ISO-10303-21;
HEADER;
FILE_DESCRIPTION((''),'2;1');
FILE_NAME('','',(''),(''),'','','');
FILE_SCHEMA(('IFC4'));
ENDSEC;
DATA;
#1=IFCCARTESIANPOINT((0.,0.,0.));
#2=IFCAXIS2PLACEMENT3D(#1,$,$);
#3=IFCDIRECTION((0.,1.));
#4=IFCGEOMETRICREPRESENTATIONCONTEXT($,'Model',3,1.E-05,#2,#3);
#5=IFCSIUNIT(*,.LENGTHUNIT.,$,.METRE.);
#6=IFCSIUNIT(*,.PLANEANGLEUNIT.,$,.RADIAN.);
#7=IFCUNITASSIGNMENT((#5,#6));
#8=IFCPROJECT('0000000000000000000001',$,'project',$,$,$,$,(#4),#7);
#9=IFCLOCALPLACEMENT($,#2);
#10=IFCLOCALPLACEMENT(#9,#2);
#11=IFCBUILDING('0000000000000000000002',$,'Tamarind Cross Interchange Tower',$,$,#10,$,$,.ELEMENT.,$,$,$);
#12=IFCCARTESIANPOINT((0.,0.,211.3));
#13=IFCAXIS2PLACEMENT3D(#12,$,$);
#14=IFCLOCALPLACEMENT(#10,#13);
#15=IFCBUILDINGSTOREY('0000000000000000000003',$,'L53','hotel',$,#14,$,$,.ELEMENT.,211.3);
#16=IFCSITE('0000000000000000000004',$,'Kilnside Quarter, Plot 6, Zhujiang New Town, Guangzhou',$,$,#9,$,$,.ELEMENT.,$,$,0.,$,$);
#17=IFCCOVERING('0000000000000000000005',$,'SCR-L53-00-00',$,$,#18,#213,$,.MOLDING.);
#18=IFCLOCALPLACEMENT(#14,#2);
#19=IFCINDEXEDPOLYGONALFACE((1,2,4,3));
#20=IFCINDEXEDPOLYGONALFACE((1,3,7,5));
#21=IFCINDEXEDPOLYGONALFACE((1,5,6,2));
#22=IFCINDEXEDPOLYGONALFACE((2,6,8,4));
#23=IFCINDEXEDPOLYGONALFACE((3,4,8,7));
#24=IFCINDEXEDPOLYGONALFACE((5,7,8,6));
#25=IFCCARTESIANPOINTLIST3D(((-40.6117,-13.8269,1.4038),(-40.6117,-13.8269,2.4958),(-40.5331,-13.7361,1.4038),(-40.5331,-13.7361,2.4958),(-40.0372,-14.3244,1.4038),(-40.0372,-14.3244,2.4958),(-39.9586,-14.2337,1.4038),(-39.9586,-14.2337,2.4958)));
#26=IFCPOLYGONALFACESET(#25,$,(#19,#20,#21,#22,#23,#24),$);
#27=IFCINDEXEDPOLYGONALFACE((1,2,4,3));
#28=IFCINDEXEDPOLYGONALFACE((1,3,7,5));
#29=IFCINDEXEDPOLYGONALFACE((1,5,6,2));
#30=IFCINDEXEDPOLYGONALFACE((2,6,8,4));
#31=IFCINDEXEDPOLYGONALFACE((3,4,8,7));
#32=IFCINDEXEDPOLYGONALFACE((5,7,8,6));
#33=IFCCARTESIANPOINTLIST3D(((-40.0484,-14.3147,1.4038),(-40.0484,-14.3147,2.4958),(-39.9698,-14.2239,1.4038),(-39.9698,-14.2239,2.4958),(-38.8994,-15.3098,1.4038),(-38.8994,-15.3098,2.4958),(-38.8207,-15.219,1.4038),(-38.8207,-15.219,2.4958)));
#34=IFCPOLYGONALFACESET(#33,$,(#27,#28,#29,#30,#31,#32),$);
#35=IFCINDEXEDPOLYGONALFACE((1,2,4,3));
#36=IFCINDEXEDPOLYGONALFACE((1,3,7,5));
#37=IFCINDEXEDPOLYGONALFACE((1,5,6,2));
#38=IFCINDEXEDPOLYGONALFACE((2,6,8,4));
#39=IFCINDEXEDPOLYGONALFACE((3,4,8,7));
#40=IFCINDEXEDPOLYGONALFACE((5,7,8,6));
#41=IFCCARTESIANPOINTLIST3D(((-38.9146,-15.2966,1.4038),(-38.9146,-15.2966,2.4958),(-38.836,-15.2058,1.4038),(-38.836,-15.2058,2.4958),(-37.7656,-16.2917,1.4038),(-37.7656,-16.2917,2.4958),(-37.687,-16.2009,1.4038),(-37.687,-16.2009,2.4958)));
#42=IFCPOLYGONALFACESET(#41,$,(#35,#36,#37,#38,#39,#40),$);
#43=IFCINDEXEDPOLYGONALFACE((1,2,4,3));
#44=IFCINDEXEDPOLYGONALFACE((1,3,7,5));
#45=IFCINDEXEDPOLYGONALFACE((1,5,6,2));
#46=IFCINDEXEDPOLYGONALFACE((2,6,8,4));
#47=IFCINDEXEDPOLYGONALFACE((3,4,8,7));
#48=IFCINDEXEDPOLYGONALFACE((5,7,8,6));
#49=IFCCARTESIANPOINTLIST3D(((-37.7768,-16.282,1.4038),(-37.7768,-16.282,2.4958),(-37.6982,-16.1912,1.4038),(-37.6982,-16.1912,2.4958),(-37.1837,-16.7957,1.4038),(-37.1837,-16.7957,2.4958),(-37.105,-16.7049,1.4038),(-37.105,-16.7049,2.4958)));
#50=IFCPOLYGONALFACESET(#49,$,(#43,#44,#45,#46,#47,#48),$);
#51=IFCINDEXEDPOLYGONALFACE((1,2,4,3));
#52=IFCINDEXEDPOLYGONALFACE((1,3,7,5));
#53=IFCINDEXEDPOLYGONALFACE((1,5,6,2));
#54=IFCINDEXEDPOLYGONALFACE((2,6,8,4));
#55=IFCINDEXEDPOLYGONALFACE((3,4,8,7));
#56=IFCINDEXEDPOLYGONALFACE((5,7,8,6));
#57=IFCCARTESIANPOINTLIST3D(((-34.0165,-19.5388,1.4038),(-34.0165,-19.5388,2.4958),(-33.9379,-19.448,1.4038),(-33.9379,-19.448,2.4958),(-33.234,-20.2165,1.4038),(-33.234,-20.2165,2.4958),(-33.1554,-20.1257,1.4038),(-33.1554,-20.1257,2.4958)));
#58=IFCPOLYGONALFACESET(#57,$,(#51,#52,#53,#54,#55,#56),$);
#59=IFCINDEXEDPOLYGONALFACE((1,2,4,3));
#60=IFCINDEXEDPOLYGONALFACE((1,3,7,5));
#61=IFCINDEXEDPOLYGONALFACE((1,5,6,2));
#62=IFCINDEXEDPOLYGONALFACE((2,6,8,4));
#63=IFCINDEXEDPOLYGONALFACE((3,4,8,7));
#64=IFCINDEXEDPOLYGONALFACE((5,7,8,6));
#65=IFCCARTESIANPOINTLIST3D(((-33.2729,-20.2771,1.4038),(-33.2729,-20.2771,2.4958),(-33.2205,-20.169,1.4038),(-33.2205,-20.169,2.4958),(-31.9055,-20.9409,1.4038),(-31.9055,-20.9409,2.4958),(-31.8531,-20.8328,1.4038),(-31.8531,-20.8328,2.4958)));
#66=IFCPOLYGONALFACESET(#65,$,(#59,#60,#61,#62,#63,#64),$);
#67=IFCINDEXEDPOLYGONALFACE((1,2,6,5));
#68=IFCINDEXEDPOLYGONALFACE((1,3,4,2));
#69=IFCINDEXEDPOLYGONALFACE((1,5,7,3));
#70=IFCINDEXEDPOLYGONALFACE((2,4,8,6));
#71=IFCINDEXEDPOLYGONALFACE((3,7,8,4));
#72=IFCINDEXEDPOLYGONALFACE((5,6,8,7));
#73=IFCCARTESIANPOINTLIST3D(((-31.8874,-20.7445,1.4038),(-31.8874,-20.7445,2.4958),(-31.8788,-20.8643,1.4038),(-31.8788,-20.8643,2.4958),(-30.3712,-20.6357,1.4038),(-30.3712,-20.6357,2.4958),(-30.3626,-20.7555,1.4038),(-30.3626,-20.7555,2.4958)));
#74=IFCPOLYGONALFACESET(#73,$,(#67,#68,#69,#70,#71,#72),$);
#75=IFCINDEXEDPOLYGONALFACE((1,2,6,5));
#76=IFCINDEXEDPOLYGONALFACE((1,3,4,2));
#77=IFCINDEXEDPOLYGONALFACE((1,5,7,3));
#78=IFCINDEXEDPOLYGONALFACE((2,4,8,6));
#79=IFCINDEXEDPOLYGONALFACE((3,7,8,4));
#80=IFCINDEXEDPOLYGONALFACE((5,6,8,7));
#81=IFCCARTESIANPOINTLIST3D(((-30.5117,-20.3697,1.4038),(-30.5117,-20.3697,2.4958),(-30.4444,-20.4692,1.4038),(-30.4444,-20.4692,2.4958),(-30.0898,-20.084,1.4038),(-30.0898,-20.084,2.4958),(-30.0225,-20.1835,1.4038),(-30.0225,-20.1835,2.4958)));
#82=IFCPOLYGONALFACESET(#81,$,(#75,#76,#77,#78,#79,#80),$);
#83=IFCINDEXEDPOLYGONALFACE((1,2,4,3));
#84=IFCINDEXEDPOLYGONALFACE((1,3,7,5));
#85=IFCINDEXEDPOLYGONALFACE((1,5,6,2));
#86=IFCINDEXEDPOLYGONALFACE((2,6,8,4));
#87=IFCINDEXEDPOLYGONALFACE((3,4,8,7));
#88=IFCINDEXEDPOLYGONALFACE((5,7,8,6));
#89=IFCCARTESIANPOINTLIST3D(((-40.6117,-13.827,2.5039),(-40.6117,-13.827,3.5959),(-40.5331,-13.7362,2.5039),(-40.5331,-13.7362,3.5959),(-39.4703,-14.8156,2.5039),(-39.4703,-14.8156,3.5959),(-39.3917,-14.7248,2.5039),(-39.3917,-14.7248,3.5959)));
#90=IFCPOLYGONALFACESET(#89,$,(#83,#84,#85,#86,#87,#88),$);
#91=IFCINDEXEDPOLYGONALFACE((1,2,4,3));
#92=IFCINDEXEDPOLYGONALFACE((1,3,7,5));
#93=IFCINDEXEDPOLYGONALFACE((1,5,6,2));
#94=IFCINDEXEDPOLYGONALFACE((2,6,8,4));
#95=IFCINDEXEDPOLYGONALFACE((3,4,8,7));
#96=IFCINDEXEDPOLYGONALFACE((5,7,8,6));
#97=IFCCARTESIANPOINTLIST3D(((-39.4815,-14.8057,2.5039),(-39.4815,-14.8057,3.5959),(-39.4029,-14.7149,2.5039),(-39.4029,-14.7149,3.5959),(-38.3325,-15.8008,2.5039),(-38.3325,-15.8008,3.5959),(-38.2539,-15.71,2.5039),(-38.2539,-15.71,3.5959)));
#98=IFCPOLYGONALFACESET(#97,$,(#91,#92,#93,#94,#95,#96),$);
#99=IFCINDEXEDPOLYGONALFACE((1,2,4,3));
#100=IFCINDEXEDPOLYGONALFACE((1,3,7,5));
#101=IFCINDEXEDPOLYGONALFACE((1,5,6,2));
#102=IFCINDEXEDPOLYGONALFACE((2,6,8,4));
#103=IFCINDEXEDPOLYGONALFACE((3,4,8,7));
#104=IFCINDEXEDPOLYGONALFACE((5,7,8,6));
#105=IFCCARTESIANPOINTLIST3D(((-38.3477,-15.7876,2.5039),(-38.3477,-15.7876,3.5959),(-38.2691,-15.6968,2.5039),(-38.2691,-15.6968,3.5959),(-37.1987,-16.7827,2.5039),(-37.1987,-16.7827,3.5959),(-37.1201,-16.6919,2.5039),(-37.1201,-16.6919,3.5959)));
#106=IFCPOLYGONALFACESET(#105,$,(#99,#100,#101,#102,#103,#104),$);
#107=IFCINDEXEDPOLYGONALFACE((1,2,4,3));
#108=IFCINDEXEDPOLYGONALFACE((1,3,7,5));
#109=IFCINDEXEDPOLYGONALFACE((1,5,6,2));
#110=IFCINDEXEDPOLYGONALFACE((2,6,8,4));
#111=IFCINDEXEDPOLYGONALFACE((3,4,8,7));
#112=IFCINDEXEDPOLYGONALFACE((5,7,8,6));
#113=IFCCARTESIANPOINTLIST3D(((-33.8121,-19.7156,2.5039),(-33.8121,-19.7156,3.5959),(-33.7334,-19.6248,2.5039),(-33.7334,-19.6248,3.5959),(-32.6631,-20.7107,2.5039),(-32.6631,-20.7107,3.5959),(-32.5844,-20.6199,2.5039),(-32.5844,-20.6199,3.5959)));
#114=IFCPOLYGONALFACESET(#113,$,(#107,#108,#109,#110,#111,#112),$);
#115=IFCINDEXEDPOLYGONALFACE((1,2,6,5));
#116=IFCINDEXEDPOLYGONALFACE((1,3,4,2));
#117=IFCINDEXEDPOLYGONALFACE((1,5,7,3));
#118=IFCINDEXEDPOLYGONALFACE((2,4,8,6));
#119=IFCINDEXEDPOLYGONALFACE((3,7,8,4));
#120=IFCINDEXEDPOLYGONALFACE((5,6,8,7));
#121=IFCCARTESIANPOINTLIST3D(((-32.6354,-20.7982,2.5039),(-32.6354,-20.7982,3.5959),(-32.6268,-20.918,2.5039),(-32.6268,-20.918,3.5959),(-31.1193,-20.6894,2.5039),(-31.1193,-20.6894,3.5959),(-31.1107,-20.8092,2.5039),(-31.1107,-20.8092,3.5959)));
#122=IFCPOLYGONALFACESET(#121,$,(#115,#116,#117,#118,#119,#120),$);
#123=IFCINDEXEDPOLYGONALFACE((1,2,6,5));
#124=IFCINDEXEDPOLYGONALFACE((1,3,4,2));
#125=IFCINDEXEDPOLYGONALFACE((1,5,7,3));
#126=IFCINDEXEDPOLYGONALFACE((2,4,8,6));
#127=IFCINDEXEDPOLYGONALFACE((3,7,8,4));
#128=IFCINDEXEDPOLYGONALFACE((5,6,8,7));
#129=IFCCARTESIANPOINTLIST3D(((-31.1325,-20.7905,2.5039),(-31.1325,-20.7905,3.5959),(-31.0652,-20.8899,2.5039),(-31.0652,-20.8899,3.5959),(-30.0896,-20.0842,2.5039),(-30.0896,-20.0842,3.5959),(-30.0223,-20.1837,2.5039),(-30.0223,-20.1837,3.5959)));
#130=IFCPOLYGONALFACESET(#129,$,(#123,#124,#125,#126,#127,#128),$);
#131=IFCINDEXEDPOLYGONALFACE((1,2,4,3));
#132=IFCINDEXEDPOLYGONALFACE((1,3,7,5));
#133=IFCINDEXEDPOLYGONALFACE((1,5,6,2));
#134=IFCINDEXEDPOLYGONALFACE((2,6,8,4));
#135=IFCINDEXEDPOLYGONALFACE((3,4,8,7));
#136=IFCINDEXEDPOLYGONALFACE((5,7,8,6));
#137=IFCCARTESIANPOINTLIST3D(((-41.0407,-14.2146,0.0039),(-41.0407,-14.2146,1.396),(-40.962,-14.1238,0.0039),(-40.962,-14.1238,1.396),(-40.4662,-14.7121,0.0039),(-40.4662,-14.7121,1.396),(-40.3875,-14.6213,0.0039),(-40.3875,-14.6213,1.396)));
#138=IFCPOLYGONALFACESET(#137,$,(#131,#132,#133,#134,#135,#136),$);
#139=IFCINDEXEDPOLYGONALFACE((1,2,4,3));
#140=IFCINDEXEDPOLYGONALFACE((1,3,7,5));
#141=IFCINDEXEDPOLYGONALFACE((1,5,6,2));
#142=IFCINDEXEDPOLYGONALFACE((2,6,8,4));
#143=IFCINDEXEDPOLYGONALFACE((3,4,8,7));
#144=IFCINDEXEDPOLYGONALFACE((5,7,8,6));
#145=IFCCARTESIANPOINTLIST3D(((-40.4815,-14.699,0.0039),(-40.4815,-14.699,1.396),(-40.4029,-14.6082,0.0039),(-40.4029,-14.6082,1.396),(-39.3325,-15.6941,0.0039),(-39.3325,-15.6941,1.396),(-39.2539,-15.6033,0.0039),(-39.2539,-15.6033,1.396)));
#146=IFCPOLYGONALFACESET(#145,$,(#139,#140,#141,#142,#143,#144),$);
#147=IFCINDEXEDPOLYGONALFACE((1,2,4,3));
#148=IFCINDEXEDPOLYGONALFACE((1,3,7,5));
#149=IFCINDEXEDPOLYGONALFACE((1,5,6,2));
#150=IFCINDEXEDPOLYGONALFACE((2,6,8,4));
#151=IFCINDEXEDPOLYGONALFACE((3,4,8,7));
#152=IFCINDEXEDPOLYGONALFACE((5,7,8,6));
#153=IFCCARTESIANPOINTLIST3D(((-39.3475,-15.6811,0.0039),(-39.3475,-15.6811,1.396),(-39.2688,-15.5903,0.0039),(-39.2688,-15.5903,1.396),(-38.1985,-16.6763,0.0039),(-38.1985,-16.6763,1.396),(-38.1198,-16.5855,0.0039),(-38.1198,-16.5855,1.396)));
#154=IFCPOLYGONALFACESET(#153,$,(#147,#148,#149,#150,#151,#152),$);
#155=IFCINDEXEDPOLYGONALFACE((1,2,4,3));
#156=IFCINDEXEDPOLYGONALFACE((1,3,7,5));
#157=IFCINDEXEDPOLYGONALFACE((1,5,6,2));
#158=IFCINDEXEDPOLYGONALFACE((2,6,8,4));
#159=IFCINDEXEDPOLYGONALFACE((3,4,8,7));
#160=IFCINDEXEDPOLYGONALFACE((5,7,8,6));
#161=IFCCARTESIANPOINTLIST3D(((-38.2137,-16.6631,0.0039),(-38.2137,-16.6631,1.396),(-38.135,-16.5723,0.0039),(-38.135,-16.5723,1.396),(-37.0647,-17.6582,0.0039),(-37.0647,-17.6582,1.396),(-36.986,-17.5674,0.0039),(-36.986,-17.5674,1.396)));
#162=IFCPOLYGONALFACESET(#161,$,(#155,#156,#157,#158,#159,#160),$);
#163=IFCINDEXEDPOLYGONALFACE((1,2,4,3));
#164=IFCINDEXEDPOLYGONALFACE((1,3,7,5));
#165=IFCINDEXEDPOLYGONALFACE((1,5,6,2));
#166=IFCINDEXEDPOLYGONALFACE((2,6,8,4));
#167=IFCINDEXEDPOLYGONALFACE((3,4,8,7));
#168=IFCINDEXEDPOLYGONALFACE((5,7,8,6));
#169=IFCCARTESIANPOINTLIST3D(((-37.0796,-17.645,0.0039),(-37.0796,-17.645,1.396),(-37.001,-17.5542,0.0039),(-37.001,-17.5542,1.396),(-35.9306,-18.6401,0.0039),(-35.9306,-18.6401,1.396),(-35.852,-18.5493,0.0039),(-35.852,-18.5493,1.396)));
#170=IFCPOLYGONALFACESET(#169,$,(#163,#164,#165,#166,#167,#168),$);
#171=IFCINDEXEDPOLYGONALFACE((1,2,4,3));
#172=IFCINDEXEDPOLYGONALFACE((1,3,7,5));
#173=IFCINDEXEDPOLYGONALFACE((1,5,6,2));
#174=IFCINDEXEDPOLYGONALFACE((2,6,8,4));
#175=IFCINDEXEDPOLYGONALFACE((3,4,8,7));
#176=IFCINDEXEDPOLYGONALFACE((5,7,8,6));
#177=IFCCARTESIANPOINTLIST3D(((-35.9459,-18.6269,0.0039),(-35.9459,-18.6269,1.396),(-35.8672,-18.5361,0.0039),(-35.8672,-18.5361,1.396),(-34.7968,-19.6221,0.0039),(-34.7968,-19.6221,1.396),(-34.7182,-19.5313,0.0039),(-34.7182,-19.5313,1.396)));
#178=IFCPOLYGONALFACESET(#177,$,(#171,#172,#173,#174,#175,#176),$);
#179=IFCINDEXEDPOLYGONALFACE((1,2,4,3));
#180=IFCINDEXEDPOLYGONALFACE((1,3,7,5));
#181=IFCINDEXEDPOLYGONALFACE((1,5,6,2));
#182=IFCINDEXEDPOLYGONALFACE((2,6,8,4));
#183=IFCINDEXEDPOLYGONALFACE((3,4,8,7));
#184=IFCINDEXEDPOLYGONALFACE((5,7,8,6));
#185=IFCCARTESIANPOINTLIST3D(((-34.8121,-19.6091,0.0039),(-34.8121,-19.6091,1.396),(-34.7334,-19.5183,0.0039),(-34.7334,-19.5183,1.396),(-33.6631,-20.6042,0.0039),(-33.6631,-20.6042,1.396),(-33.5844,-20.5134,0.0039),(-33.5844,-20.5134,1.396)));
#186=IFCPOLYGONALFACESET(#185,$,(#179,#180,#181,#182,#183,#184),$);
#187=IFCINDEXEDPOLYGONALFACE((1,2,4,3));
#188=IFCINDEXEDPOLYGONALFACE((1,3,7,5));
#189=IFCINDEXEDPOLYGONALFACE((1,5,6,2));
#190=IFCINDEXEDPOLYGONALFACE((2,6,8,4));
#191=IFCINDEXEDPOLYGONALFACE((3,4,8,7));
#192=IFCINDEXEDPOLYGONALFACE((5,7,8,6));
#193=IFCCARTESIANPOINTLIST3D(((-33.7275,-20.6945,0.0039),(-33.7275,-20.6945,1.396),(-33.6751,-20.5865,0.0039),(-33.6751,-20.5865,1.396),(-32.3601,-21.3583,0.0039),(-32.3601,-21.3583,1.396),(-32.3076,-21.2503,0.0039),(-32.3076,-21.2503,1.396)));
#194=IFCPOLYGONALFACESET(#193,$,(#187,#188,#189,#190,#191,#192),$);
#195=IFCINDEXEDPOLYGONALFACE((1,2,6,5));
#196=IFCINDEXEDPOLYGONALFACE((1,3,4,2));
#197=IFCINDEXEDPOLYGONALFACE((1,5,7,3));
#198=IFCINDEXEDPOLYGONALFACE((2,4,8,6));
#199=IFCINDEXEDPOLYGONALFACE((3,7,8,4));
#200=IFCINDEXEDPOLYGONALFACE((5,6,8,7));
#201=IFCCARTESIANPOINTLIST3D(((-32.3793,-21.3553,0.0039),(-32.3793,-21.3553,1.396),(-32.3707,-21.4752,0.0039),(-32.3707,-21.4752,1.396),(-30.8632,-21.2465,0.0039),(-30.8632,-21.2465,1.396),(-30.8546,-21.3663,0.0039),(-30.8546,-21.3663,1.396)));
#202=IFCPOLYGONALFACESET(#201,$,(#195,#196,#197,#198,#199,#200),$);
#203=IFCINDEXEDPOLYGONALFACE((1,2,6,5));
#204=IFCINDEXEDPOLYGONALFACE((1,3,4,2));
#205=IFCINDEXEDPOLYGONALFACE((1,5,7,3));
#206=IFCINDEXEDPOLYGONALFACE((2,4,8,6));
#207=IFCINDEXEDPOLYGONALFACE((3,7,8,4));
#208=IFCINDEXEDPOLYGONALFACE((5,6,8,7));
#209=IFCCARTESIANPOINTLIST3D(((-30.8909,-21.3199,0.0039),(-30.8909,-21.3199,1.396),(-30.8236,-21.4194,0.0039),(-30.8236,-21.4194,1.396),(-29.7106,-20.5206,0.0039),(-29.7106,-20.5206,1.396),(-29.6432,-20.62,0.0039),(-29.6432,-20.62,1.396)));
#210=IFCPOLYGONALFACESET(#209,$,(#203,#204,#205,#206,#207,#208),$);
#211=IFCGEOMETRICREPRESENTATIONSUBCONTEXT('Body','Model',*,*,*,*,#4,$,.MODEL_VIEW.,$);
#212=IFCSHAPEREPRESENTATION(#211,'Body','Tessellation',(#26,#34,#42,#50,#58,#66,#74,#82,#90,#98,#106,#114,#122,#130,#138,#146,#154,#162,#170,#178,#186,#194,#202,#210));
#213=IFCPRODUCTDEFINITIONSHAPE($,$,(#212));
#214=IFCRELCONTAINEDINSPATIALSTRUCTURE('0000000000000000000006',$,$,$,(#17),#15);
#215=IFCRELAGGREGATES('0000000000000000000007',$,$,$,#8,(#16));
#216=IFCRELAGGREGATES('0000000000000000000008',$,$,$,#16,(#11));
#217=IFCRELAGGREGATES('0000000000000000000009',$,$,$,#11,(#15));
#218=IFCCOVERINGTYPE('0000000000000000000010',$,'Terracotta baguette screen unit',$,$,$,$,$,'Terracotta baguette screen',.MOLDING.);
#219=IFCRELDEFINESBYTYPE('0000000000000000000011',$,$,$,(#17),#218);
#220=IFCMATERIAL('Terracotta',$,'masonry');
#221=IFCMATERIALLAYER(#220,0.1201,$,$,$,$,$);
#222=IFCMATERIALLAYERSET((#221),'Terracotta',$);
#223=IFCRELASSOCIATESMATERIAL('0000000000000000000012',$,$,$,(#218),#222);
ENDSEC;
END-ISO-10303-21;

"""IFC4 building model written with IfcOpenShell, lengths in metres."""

from ifc_helpers import new_model, si_unit, direction, frame, origin, origin_2d, place, context, subcontext, project, spatial, rectangle, extrude, material, layer, layer_set, type_object, element, save


model = new_model("IFC4")

# Units and contexts
model_context = context("Model", 3, precision=1e-05, world=origin(), true_north=direction((0.0, 1.0)))
body_context = subcontext(model_context, "Body", "Model", "MODEL_VIEW")
ifc_project = project(units=[si_unit("LENGTHUNIT", "METRE"), si_unit("PLANEANGLEUNIT", "RADIAN")], contexts=[model_context])

# Site, building, storey
site_placement = place(None, origin())
site = spatial("IfcSite", under=ifc_project, at=site_placement, Name="Kilnside Quarter, Plot 6, Zhujiang New Town, Guangzhou", CompositionType="ELEMENT", RefElevation=0.0)
building_placement = place(site_placement, origin())
building = spatial("IfcBuilding", under=site, at=building_placement, Name="Tamarind Cross Interchange Tower", CompositionType="ELEMENT")
storey_placement = place(building_placement, frame((0.0, 0.0, 211.3)))
storey = spatial("IfcBuildingStorey", under=building, at=storey_placement, Name="L53", Description="hotel", CompositionType="ELEMENT", Elevation=211.3)

# Covering
ifc_material_1 = material(Name="Terracotta", Category="masonry")
ifc_layer_1 = layer(ifc_material_1, 0.1201)
ifc_layer_set_1 = layer_set([ifc_layer_1], Name="Terracotta")
covering_type = type_object("IfcCoveringType", Name="Terracotta baguette screen unit", ElementType="Terracotta baguette screen", PredefinedType="MOLDING", material=ifc_layer_set_1)
covering_1_placement = place(storey_placement, origin())
element("IfcCovering", 1, at=covering_1_placement, inside=storey, type_object=covering_type, Name="SCR-L53-00-00", PredefinedType="MOLDING", context=body_context, shape_type="SweptSolid", body=[
    extrude(rectangle(XDim=0.76, YDim=0.1201, at=origin_2d()), frame((-40.2852, -14.0303, 1.4038), z_axis=(0.0, 0.0, 1.0), x_axis=(0.755917, -0.654667, 0.0)), (0.0, 0.0, 1.0), 1.092),
    extrude(rectangle(XDim=1.52, YDim=0.1201, at=origin_2d()), frame((-39.4346, -14.7668, 1.4038), z_axis=(0.0, 0.0, 1.0), x_axis=(0.755917, -0.654667, 0.0)), (0.0, 0.0, 1.0), 1.092),
    extrude(rectangle(XDim=1.52, YDim=0.1201, at=origin_2d()), frame((-38.3008, -15.7488, 1.4038), z_axis=(0.0, 0.0, 1.0), x_axis=(0.755917, -0.654667, 0.0)), (0.0, 0.0, 1.0), 1.092),
    extrude(rectangle(XDim=0.7847, YDim=0.1201, at=origin_2d()), frame((-37.4409, -16.4934, 1.4038), z_axis=(0.0, 0.0, 1.0), x_axis=(0.755917, -0.654667, 0.0)), (0.0, 0.0, 1.0), 1.092),
    extrude(rectangle(XDim=1.0352, YDim=0.1201, at=origin_2d()), frame((-33.5859, -19.8323, 1.4038), z_axis=(0.0, 0.0, 1.0), x_axis=(0.755917, -0.654667, 0.0)), (0.0, 0.0, 1.0), 1.092),
    extrude(rectangle(XDim=1.52, YDim=0.1201, at=origin_2d()), frame((-32.563, -20.5549, 1.4038), z_axis=(0.0, 0.0, 1.0), x_axis=(0.8996, -0.436714, 0.0)), (0.0, 0.0, 1.0), 1.092),
    extrude(rectangle(XDim=1.52, YDim=0.1201, at=origin_2d()), frame((-31.125, -20.75, 1.4038), z_axis=(0.0, 0.0, 1.0), x_axis=(0.997434, 0.071595, 0.0)), (0.0, 0.0, 1.0), 1.092),
    extrude(rectangle(XDim=0.5095, YDim=0.1201, at=origin_2d()), frame((-30.2671, -20.2766, 1.4038), z_axis=(0.0, 0.0, 1.0), x_axis=(0.828006, 0.56072, 0.0)), (0.0, 0.0, 1.0), 1.092),
    extrude(rectangle(XDim=1.51, YDim=0.1201, at=origin_2d()), frame((-40.0017, -14.2759, 2.5039), z_axis=(0.0, 0.0, 1.0), x_axis=(0.755917, -0.654667, 0.0)), (0.0, 0.0, 1.0), 1.092),
    extrude(rectangle(XDim=1.52, YDim=0.1201, at=origin_2d()), frame((-38.8677, -15.2578, 2.5039), z_axis=(0.0, 0.0, 1.0), x_axis=(0.755917, -0.654667, 0.0)), (0.0, 0.0, 1.0), 1.092),
    extrude(rectangle(XDim=1.52, YDim=0.1201, at=origin_2d()), frame((-37.7339, -16.2397, 2.5039), z_axis=(0.0, 0.0, 1.0), x_axis=(0.755917, -0.654667, 0.0)), (0.0, 0.0, 1.0), 1.092),
    extrude(rectangle(XDim=1.52, YDim=0.1201, at=origin_2d()), frame((-33.1982, -20.1677, 2.5039), z_axis=(0.0, 0.0, 1.0), x_axis=(0.755917, -0.654667, 0.0)), (0.0, 0.0, 1.0), 1.092),
    extrude(rectangle(XDim=1.52, YDim=0.1201, at=origin_2d()), frame((-31.873, -20.8037, 2.5039), z_axis=(0.0, 0.0, 1.0), x_axis=(0.997434, 0.071595, 0.0)), (0.0, 0.0, 1.0), 1.092),
    extrude(rectangle(XDim=1.2595, YDim=0.1201, at=origin_2d()), frame((-30.5774, -20.4871, 2.5039), z_axis=(0.0, 0.0, 1.0), x_axis=(0.828006, 0.56072, 0.0)), (0.0, 0.0, 1.0), 1.092),
    extrude(rectangle(XDim=0.76, YDim=0.1201, at=origin_2d()), frame((-40.7141, -14.418, 0.0039), z_axis=(0.0, 0.0, 1.0), x_axis=(0.755917, -0.654667, 0.0)), (0.0, 0.0, 1.0), 1.3921),
    extrude(rectangle(XDim=1.52, YDim=0.1201, at=origin_2d()), frame((-39.8677, -15.1511, 0.0039), z_axis=(0.0, 0.0, 1.0), x_axis=(0.755917, -0.654667, 0.0)), (0.0, 0.0, 1.0), 1.3921),
    extrude(rectangle(XDim=1.52, YDim=0.1201, at=origin_2d()), frame((-38.7336, -16.1333, 0.0039), z_axis=(0.0, 0.0, 1.0), x_axis=(0.755917, -0.654667, 0.0)), (0.0, 0.0, 1.0), 1.3921),
    extrude(rectangle(XDim=1.52, YDim=0.1201, at=origin_2d()), frame((-37.5999, -17.1152, 0.0039), z_axis=(0.0, 0.0, 1.0), x_axis=(0.755917, -0.654667, 0.0)), (0.0, 0.0, 1.0), 1.3921),
    extrude(rectangle(XDim=1.52, YDim=0.1201, at=origin_2d()), frame((-36.4658, -18.0972, 0.0039), z_axis=(0.0, 0.0, 1.0), x_axis=(0.755917, -0.654667, 0.0)), (0.0, 0.0, 1.0), 1.3921),
    extrude(rectangle(XDim=1.52, YDim=0.1201, at=origin_2d()), frame((-35.332, -19.0791, 0.0039), z_axis=(0.0, 0.0, 1.0), x_axis=(0.755917, -0.654667, 0.0)), (0.0, 0.0, 1.0), 1.3921),
    extrude(rectangle(XDim=1.52, YDim=0.1201, at=origin_2d()), frame((-34.1982, -20.0613, 0.0039), z_axis=(0.0, 0.0, 1.0), x_axis=(0.755917, -0.654667, 0.0)), (0.0, 0.0, 1.0), 1.3921),
    extrude(rectangle(XDim=1.52, YDim=0.1201, at=origin_2d()), frame((-33.0176, -20.9724, 0.0039), z_axis=(0.0, 0.0, 1.0), x_axis=(0.8996, -0.436714, 0.0)), (0.0, 0.0, 1.0), 1.3921),
    extrude(rectangle(XDim=1.52, YDim=0.1201, at=origin_2d()), frame((-31.6169, -21.3608, 0.0039), z_axis=(0.0, 0.0, 1.0), x_axis=(0.997434, 0.071595, 0.0)), (0.0, 0.0, 1.0), 1.3921),
    extrude(rectangle(XDim=1.4255, YDim=0.1201, at=origin_2d()), frame((-30.2671, -20.97, 0.0039), z_axis=(0.0, 0.0, 1.0), x_axis=(0.828006, 0.56072, 0.0)), (0.0, 0.0, 1.0), 1.3921),
])

save(model, "model.ifc")
